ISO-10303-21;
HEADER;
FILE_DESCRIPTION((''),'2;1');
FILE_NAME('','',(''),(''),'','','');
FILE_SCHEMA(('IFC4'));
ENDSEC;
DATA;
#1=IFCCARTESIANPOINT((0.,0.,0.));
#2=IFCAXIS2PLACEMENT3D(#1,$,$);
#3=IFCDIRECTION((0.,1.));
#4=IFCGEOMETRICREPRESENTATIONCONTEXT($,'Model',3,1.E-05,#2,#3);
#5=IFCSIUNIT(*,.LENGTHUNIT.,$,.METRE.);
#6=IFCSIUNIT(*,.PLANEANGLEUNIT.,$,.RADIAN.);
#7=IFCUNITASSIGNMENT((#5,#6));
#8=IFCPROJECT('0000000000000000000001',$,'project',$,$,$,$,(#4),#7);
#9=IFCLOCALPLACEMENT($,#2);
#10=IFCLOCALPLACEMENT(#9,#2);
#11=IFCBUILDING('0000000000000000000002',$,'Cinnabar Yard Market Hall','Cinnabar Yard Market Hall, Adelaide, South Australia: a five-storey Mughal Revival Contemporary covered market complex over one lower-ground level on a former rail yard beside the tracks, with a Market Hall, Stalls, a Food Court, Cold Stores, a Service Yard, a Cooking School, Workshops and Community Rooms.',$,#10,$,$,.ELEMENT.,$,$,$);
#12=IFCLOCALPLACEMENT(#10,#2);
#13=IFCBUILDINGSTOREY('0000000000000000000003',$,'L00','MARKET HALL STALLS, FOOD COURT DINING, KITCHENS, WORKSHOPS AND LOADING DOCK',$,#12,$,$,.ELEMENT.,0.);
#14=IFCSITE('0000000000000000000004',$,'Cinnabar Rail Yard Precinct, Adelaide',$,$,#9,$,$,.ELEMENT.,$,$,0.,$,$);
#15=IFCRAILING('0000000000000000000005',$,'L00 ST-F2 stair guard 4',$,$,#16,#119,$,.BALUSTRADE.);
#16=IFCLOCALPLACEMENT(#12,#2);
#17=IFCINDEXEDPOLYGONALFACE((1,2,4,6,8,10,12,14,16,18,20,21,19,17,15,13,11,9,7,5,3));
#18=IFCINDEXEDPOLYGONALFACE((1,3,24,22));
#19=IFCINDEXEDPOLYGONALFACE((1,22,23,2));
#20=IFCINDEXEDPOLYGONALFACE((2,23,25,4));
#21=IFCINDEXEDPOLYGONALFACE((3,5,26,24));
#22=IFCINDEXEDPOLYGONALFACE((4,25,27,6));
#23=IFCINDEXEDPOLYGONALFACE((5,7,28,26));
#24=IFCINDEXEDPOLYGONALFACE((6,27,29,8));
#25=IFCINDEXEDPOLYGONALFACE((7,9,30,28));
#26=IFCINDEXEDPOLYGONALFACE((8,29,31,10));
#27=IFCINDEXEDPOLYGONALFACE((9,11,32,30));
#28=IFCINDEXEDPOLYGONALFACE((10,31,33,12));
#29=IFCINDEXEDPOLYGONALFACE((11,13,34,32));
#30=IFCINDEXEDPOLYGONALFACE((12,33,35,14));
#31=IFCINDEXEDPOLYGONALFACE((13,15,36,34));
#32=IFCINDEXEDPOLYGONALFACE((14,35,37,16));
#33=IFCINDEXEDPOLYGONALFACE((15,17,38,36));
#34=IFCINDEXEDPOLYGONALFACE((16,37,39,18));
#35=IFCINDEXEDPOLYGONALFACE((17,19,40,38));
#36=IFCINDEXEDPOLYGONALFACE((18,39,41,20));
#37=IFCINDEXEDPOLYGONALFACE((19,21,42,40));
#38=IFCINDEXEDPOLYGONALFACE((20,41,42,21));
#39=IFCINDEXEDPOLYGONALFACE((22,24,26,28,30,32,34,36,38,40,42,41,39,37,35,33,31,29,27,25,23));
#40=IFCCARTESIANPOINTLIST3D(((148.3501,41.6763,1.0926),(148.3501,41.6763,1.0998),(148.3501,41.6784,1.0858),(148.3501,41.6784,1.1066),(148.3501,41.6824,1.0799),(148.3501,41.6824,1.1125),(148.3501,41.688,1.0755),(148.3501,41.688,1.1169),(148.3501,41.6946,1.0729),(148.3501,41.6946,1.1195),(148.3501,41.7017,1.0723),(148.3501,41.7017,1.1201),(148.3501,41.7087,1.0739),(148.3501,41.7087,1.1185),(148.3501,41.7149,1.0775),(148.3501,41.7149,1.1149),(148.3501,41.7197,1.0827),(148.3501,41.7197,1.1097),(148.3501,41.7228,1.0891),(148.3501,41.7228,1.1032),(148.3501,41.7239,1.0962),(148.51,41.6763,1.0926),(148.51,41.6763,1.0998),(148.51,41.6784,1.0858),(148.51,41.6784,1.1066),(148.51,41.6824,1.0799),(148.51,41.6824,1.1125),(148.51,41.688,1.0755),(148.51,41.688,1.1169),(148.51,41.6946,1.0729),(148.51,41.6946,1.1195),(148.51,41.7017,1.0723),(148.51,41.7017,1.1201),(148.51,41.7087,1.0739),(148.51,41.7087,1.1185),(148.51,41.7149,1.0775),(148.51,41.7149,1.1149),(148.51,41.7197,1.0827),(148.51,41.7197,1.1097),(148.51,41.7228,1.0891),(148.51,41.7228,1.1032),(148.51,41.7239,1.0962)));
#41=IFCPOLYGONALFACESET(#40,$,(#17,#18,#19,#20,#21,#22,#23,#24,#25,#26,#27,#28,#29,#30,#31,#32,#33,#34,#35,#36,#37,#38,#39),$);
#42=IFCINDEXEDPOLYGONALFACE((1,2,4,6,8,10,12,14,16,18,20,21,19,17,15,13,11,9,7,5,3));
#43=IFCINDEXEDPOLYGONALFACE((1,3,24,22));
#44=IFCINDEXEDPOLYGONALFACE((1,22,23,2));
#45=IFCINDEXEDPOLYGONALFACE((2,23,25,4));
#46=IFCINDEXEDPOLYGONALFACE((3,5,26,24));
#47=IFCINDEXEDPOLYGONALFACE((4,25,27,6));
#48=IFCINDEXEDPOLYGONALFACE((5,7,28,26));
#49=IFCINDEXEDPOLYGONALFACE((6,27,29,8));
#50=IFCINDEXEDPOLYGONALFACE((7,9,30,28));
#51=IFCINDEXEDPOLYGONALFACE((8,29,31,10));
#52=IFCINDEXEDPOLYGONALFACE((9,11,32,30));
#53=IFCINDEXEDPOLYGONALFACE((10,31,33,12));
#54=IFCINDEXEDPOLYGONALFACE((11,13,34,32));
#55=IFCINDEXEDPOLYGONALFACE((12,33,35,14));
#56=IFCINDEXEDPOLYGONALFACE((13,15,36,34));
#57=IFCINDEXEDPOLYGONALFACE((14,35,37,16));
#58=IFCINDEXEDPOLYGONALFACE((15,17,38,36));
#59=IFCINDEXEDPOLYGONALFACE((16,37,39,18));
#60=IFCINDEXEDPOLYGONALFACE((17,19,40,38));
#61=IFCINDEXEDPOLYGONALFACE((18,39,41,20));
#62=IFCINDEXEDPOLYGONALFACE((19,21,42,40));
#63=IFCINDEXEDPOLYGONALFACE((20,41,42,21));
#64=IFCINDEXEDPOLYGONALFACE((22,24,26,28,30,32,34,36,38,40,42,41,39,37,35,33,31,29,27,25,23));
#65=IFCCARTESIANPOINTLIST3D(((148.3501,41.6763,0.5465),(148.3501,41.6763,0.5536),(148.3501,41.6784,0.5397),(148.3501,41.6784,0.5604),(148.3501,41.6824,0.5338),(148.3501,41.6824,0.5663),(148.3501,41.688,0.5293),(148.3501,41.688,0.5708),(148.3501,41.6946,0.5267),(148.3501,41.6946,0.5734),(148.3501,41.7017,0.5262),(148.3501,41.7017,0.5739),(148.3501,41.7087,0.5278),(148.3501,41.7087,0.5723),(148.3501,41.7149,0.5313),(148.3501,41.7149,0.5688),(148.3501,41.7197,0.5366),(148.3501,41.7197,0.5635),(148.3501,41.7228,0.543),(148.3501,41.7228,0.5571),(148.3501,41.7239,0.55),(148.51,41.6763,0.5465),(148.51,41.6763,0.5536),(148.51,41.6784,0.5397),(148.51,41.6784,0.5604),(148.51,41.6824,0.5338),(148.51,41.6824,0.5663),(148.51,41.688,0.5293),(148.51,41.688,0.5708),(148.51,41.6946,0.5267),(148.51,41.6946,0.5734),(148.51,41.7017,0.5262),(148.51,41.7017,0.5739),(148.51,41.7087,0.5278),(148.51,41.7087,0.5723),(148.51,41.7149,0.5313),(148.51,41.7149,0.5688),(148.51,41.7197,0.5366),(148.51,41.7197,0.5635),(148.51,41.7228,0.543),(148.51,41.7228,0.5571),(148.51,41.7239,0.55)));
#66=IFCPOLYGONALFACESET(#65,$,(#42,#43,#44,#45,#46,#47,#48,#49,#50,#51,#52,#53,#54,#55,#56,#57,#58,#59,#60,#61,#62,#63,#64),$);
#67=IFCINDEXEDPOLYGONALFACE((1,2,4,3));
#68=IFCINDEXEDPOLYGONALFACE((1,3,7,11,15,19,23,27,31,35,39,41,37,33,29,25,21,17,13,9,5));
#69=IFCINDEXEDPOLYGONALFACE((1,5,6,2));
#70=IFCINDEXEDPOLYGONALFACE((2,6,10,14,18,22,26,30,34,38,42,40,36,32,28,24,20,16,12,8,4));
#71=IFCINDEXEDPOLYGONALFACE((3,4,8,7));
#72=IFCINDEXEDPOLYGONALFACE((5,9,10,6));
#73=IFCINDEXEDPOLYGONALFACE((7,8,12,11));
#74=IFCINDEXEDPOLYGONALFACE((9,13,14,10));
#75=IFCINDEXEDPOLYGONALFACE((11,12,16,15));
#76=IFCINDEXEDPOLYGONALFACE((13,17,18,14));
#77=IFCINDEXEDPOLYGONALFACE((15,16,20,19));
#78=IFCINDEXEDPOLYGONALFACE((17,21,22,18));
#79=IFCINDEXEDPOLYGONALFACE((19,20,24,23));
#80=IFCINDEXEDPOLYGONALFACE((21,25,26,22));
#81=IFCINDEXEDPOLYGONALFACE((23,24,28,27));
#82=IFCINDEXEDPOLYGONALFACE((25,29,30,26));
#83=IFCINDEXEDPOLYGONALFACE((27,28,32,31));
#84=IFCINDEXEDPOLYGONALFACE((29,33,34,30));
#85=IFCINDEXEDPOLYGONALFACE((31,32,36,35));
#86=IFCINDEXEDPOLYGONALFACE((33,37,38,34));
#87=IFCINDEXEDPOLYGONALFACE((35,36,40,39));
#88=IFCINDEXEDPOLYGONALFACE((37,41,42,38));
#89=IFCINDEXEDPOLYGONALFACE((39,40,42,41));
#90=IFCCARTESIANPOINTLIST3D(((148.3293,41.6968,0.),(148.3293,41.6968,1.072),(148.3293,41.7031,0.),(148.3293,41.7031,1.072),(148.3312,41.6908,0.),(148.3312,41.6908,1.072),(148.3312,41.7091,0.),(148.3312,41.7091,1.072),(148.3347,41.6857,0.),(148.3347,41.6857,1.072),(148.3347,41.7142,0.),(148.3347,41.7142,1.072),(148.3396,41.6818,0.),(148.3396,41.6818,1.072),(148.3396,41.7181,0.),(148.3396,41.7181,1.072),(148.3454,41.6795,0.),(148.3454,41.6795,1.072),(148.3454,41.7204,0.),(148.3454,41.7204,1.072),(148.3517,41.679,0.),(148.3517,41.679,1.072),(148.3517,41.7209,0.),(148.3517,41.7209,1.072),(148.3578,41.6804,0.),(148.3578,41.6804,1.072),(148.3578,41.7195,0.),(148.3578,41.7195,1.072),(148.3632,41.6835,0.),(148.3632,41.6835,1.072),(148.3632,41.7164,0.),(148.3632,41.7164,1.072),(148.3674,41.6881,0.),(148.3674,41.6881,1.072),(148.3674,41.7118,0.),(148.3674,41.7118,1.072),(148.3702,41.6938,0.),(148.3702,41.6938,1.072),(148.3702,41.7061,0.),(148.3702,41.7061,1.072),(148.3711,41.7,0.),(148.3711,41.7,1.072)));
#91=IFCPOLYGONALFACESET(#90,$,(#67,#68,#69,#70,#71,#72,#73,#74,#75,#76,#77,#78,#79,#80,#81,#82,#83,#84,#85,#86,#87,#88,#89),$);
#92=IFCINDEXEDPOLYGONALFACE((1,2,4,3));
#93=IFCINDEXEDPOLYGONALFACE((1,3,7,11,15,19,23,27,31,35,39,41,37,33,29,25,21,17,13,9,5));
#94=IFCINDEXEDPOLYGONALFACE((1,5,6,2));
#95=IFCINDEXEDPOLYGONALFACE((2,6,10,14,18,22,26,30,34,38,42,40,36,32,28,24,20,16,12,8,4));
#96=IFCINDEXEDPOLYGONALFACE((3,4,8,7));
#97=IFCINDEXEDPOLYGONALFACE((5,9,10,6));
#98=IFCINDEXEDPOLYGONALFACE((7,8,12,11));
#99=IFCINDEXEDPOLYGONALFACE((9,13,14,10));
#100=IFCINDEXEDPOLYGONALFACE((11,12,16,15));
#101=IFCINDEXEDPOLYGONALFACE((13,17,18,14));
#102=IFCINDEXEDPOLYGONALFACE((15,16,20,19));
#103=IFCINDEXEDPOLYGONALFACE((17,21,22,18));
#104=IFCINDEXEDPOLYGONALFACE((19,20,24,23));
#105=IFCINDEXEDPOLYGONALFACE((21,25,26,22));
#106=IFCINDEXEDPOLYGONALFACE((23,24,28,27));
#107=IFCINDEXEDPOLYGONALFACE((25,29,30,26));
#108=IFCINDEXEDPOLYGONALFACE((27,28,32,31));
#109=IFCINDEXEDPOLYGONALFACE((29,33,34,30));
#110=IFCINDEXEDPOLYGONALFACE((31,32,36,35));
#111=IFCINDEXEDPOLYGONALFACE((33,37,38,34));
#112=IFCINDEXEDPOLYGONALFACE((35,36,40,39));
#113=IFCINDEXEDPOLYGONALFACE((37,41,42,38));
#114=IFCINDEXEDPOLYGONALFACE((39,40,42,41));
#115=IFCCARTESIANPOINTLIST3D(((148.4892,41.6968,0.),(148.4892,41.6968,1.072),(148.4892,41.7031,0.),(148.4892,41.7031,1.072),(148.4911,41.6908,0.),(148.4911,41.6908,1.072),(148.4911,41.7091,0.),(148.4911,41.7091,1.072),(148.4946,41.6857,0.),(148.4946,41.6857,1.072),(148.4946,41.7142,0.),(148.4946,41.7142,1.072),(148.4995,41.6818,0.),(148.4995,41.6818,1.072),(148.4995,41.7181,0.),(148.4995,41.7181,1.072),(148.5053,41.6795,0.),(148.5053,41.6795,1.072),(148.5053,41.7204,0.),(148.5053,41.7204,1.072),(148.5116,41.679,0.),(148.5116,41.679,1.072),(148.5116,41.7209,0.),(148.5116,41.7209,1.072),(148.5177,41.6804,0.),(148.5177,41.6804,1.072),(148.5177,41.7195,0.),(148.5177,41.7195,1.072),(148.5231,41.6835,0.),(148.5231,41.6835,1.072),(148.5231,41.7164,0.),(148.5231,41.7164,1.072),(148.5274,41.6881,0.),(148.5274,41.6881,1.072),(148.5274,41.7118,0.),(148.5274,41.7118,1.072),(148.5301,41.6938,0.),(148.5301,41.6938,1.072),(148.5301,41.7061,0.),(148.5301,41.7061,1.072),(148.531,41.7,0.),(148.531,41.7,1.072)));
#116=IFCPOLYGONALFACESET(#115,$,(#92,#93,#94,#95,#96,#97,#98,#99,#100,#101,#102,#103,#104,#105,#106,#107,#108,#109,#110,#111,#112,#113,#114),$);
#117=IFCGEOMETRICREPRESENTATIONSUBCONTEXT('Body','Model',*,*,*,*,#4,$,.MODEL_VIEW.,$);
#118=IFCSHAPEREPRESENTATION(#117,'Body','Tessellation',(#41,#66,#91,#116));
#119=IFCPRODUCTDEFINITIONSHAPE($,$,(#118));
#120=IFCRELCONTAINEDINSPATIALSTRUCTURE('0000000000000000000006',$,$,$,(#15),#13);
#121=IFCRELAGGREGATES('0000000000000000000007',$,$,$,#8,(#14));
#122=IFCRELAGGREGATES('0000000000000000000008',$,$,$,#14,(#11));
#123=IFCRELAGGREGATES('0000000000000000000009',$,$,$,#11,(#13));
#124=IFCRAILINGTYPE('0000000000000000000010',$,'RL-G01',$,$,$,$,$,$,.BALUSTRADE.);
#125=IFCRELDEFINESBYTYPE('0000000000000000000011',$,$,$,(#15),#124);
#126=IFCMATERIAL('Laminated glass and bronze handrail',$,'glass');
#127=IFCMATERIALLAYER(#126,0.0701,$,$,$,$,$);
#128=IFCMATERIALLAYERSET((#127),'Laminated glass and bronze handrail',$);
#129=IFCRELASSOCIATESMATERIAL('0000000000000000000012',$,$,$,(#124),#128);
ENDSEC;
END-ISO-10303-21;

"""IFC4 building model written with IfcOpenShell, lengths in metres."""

from ifc_helpers import new_model, si_unit, direction, frame, origin, origin_2d_with_axis, place, context, subcontext, project, spatial, circle, extrude, material, layer, layer_set, type_object, element, save


model = new_model("IFC4")

# Units and contexts
model_context = context("Model", 3, precision=1e-05, world=origin(), true_north=direction((0.0, 1.0)))
body_context = subcontext(model_context, "Body", "Model", "MODEL_VIEW")
ifc_project = project(units=[si_unit("LENGTHUNIT", "METRE"), si_unit("PLANEANGLEUNIT", "RADIAN")], contexts=[model_context])

# Site, building, storey
site_placement = place(None, origin())
site = spatial("IfcSite", under=ifc_project, at=site_placement, Name="Cinnabar Rail Yard Precinct, Adelaide", CompositionType="ELEMENT", RefElevation=0.0)
building_placement = place(site_placement, origin())
building = spatial("IfcBuilding", under=site, at=building_placement, Name="Cinnabar Yard Market Hall", Description="Cinnabar Yard Market Hall, Adelaide, South Australia: a five-storey Mughal Revival Contemporary covered market complex over one lower-ground level on a former rail yard beside the tracks, with a Market Hall, Stalls, a Food Court, Cold Stores, a Service Yard, a Cooking School, Workshops and Community Rooms.", CompositionType="ELEMENT")
storey_placement = place(building_placement, origin())
storey = spatial("IfcBuildingStorey", under=building, at=storey_placement, Name="L00", Description="MARKET HALL STALLS, FOOD COURT DINING, KITCHENS, WORKSHOPS AND LOADING DOCK", CompositionType="ELEMENT", Elevation=0.0)

# Railing
ifc_material_1 = material(Name="Laminated glass and bronze handrail", Category="glass")
ifc_layer_1 = layer(ifc_material_1, 0.0701)
ifc_layer_set_1 = layer_set([ifc_layer_1], Name="Laminated glass and bronze handrail")
railing_type_1 = type_object("IfcRailingType", Name="RL-G01", PredefinedType="BALUSTRADE", material=ifc_layer_set_1)
railing_1_placement = place(storey_placement, frame((148.3501, 41.7, 0.0)))
element("IfcRailing", 1, at=railing_1_placement, inside=storey, type_object=railing_type_1, Name="L00 ST-F2 stair guard 4", PredefinedType="BALUSTRADE", context=body_context, shape_type="SweptSolid", body=[
    extrude(circle(Radius=0.0239, at=origin_2d_with_axis()), frame((0.0, 0.0, 1.0962), z_axis=(1.0, 0.0, 0.0), x_axis=(0.0, 1.0, 0.0)), (0.0, 0.0, 1.0), 0.1599),
    extrude(circle(Radius=0.0239, at=origin_2d_with_axis()), frame((0.0, 0.0, 0.55), z_axis=(1.0, 0.0, 0.0), x_axis=(0.0, 1.0, 0.0)), (0.0, 0.0, 1.0), 0.1599),
    extrude(circle(Radius=0.021, at=origin_2d_with_axis()), origin(), (0.0, 0.0, 1.0), 1.072),
    extrude(circle(Radius=0.021, at=origin_2d_with_axis()), frame((0.1599, 0.0, 0.0)), (0.0, 0.0, 1.0), 1.072),
])

save(model, "model.ifc")
